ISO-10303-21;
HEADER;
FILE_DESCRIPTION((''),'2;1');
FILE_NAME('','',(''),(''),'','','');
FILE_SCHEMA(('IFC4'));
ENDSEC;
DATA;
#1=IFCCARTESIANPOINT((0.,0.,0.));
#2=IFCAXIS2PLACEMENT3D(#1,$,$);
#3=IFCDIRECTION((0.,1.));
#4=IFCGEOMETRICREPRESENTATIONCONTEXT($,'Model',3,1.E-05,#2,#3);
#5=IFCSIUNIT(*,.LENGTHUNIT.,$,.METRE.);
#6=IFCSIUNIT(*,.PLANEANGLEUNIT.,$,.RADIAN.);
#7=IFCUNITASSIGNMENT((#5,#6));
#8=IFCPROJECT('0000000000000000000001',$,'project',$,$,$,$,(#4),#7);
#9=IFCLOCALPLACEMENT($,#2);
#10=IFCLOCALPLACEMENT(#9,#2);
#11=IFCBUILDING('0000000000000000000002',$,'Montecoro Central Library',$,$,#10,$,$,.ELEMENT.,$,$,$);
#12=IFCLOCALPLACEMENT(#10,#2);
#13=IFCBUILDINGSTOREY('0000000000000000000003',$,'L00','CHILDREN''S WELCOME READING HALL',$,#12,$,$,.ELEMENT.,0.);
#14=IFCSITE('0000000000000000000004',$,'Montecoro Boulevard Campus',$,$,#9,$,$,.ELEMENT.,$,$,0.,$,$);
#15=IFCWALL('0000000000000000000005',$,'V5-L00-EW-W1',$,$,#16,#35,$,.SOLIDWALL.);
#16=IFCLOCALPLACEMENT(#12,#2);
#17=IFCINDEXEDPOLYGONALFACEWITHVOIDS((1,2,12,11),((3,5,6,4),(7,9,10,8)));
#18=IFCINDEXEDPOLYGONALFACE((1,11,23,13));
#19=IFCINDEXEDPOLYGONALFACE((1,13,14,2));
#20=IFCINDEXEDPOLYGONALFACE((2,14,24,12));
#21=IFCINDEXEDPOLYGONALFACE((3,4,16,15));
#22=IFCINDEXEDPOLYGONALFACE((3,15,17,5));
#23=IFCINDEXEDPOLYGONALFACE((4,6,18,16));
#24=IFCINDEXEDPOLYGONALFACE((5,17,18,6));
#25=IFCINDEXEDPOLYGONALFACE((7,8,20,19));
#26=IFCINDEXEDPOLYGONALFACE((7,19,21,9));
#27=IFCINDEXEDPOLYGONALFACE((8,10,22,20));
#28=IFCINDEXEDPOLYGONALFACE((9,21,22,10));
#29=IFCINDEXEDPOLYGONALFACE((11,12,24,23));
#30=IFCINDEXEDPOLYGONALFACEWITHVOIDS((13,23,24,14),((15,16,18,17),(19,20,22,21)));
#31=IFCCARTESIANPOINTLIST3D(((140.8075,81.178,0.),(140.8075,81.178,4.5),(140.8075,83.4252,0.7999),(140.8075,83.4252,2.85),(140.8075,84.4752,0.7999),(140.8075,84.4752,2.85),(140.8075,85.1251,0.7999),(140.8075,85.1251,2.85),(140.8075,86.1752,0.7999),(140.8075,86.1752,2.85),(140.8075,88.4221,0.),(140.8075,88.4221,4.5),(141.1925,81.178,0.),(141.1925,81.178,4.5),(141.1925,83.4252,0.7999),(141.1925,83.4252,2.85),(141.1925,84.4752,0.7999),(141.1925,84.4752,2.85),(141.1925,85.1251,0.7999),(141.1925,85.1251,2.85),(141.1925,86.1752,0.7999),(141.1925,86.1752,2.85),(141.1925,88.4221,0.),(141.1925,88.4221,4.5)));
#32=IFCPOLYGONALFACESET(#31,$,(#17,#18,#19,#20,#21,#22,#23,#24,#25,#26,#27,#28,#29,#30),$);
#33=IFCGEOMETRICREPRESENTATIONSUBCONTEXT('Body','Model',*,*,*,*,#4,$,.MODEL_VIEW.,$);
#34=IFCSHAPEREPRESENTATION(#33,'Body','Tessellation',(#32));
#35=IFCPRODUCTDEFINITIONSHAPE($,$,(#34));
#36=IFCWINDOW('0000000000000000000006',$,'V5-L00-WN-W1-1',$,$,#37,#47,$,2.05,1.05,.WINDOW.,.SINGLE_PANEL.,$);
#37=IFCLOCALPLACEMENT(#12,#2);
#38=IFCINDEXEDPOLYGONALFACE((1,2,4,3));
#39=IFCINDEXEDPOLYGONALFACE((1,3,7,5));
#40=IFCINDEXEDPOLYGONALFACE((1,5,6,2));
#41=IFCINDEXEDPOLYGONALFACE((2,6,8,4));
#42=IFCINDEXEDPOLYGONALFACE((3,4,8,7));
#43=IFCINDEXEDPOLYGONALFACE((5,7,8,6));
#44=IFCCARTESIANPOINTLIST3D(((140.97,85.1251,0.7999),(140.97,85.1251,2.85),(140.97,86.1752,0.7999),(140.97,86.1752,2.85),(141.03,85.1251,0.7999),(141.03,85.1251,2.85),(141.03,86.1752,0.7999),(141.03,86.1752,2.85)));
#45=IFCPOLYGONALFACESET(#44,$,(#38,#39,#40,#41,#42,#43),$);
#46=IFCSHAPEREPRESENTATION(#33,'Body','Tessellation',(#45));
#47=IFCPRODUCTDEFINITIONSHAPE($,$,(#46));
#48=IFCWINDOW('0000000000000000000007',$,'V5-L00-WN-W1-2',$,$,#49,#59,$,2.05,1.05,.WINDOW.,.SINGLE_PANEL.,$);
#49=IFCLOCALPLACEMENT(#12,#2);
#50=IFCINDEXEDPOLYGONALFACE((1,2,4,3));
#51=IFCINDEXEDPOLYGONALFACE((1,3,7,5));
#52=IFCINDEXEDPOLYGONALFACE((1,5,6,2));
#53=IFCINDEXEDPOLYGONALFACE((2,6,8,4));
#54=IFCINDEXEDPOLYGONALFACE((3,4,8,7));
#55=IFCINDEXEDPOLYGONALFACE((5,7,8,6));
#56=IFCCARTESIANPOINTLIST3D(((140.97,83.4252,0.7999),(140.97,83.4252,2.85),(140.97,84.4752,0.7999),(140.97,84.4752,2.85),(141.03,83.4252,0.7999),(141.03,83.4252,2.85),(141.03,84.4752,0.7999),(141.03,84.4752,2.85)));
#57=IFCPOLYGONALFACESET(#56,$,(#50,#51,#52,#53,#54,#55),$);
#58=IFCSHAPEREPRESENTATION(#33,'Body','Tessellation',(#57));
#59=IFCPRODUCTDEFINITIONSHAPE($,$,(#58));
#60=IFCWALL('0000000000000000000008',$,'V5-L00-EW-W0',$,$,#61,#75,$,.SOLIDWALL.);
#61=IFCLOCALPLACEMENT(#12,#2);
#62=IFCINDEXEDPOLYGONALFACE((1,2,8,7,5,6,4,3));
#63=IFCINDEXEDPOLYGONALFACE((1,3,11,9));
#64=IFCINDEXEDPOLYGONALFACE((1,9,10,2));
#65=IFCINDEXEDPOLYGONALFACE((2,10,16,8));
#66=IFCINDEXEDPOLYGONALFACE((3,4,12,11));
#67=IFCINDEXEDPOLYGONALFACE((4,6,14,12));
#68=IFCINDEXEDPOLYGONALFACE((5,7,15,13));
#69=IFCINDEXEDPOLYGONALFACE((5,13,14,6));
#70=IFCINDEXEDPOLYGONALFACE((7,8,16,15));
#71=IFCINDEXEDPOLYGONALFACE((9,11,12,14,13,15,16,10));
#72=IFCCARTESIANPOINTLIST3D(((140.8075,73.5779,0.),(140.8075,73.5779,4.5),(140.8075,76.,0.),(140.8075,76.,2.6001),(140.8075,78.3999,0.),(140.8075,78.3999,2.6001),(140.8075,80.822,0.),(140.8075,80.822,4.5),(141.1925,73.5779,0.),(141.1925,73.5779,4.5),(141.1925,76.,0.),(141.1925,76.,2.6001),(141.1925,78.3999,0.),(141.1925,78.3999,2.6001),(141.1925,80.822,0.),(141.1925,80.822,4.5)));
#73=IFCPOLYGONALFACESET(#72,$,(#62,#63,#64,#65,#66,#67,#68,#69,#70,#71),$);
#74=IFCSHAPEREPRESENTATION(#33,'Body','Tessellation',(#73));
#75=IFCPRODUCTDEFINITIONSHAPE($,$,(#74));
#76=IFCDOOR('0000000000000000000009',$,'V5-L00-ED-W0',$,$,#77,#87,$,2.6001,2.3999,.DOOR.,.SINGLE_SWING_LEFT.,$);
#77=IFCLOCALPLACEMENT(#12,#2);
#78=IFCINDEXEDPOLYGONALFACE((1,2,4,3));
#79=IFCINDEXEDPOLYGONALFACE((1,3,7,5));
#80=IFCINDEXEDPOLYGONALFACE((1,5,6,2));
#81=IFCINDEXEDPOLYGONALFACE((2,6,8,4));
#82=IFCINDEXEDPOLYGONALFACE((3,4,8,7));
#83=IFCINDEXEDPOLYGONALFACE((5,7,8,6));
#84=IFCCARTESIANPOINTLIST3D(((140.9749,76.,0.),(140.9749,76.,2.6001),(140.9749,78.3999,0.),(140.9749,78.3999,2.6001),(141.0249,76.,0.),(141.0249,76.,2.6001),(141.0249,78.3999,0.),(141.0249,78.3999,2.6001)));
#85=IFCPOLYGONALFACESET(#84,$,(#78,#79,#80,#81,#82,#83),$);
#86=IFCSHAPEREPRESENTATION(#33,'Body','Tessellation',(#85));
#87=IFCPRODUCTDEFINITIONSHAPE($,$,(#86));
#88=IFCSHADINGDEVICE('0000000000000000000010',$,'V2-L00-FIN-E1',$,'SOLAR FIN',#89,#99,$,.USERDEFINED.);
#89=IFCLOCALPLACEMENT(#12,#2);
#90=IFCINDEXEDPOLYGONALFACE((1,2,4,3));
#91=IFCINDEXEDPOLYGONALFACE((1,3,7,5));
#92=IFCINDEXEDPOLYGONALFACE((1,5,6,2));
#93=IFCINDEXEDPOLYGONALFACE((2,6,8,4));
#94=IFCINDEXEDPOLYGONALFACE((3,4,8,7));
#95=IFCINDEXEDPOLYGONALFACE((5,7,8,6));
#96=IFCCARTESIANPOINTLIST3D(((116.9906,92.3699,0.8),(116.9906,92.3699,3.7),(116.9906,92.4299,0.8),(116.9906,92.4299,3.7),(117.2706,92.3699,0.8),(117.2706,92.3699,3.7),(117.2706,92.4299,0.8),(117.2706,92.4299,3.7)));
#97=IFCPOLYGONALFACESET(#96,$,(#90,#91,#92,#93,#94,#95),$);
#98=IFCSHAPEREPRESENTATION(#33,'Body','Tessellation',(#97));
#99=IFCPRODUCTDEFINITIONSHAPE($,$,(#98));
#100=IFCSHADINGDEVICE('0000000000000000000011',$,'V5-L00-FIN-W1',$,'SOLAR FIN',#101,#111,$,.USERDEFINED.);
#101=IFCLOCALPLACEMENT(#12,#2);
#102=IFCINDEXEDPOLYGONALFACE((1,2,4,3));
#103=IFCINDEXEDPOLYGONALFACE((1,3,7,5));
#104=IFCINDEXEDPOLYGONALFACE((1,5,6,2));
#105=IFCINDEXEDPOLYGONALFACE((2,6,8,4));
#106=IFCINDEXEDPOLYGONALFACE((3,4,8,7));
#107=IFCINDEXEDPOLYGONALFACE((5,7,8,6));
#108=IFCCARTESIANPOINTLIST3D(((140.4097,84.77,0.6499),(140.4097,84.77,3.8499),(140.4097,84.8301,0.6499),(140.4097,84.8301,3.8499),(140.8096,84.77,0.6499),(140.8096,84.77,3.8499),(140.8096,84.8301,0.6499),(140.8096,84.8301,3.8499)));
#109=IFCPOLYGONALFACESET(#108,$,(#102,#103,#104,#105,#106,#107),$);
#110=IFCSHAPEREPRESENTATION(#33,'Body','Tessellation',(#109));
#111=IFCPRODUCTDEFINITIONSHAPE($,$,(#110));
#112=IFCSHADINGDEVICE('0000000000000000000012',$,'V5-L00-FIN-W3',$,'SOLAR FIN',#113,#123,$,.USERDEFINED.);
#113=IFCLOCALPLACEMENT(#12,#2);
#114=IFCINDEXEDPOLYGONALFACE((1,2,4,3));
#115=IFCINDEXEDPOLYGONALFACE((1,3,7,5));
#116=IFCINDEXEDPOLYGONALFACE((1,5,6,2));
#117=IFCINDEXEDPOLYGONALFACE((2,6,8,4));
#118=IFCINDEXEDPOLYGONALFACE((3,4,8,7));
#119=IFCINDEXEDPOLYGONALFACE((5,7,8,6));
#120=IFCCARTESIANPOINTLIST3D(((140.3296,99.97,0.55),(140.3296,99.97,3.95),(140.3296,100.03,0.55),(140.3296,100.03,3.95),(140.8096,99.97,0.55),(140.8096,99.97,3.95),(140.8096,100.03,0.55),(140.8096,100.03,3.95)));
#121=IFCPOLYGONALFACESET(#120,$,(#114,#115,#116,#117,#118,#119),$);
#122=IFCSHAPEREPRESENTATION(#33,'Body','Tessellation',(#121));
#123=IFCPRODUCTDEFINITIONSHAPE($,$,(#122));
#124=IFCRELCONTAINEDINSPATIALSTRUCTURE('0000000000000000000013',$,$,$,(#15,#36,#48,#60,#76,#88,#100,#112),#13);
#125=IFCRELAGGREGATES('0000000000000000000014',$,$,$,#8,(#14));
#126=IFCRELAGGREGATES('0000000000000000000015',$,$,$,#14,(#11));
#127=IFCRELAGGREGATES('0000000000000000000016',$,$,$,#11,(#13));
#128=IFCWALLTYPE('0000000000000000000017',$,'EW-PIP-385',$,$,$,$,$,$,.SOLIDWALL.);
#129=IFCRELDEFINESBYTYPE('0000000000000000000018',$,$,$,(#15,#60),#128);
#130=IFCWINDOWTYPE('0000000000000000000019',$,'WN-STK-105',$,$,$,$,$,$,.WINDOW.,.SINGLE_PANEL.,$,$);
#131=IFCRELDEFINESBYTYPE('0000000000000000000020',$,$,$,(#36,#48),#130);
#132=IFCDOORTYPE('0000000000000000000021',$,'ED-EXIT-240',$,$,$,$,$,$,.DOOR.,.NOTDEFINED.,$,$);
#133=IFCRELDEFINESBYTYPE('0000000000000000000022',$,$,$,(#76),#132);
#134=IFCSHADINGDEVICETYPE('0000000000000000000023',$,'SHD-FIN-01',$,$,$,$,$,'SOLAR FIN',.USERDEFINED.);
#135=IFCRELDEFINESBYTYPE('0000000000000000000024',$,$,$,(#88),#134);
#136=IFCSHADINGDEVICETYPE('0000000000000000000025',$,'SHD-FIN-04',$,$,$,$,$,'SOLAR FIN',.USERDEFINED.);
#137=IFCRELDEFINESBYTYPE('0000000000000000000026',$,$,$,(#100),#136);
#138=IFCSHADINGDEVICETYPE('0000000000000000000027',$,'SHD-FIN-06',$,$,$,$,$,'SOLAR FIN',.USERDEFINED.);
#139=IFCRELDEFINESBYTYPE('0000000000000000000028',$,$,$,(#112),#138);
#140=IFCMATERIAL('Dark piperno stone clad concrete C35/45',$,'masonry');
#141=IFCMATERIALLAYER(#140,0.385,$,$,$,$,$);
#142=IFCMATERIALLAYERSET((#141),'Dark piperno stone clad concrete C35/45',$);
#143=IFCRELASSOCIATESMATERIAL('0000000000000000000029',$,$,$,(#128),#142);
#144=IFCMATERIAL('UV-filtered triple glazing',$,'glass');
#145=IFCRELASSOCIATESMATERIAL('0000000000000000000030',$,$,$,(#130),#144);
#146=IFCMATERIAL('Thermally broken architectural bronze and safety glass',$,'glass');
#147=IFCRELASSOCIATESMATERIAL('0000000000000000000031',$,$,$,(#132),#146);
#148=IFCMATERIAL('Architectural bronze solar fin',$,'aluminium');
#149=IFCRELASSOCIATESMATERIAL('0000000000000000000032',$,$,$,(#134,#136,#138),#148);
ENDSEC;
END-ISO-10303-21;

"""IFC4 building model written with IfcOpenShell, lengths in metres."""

from ifc_helpers import new_model, si_unit, direction, frame, frame_2d, origin, origin_2d, place, context, subcontext, project, spatial, rectangle, extrude, material, layer, layer_set, type_object, element, fill, save


model = new_model("IFC4")

# Units and contexts
model_context = context("Model", 3, precision=1e-05, world=origin(), true_north=direction((0.0, 1.0)))
body_context = subcontext(model_context, "Body", "Model", "MODEL_VIEW")
ifc_project = project(units=[si_unit("LENGTHUNIT", "METRE"), si_unit("PLANEANGLEUNIT", "RADIAN")], contexts=[model_context])

# Site, building, storey
site_placement = place(None, origin())
site = spatial("IfcSite", under=ifc_project, at=site_placement, Name="Montecoro Boulevard Campus", CompositionType="ELEMENT", RefElevation=0.0)
building_placement = place(site_placement, origin())
building = spatial("IfcBuilding", under=site, at=building_placement, Name="Montecoro Central Library", CompositionType="ELEMENT")
storey_placement = place(building_placement, origin())
storey = spatial("IfcBuildingStorey", under=building, at=storey_placement, Name="L00", Description="CHILDREN'S WELCOME READING HALL", CompositionType="ELEMENT", Elevation=0.0)

# Shared definitions
ifc_material_1 = material(Name="Dark piperno stone clad concrete C35/45", Category="masonry")
ifc_layer_1 = layer(ifc_material_1, 0.385)
ifc_layer_set_1 = layer_set([ifc_layer_1], Name="Dark piperno stone clad concrete C35/45")
wall_type = type_object("IfcWallType", Name="EW-PIP-385", PredefinedType="SOLIDWALL", material=ifc_layer_set_1)
ifc_material_2 = material(Name="Thermally broken architectural bronze and safety glass", Category="glass")

# Wall, openings, windows
wall_1_placement = place(storey_placement, frame((141.0, 88.4221, 0.0), z_axis=(0.0, 0.0, 1.0), x_axis=(0.0, -1.0, 0.0)))
wall_1 = element("IfcWall", 1, at=wall_1_placement, inside=storey, type_object=wall_type, Name="V5-L00-EW-W1", PredefinedType="SOLIDWALL", context=body_context, shape_type="SweptSolid", body=[
    extrude(rectangle(XDim=7.2441, YDim=0.385, at=frame_2d((3.6221, 0.0))), origin(), (0.0, 0.0, 1.0), 4.5),
])
opening_1_placement = place(wall_1_placement, frame((2.2471, 0.0, 0.8)))
opening_1 = element("IfcOpeningElement", 2, at=opening_1_placement, cuts=wall_1, PredefinedType="OPENING", context=body_context, shape_type="SweptSolid", body=[
    extrude(rectangle(XDim=1.05, YDim=2.05, at=frame_2d((0.5249, 1.0249))), frame((0.0, 0.2024, 0.0), z_axis=(0.0, -1.0, 0.0), x_axis=(1.0, 0.0, 0.0)), (0.0, 0.0, 1.0), 0.405),
])
opening_2_placement = place(wall_1_placement, frame((3.947, 0.0, 0.8)))
opening_2 = element("IfcOpeningElement", 3, at=opening_2_placement, cuts=wall_1, PredefinedType="OPENING", context=body_context, shape_type="SweptSolid", body=[
    extrude(rectangle(XDim=1.05, YDim=2.05, at=frame_2d((0.5249, 1.0249))), frame((0.0, 0.2024, 0.0), z_axis=(0.0, -1.0, 0.0), x_axis=(1.0, 0.0, 0.0)), (0.0, 0.0, 1.0), 0.405),
])
ifc_material_3 = material(Name="UV-filtered triple glazing", Category="glass")
window_type_1 = type_object("IfcWindowType", Name="WN-STK-105", PartitioningType="SINGLE_PANEL", PredefinedType="WINDOW", material=ifc_material_3)
window_1_placement = place(opening_1_placement, origin())
window_1 = element("IfcWindow", 4, at=window_1_placement, inside=storey, type_object=window_type_1, Name="V5-L00-WN-W1-1", OverallHeight=2.05, OverallWidth=1.05, PartitioningType="SINGLE_PANEL", PredefinedType="WINDOW", context=body_context, shape_type="SweptSolid", body=[
    extrude(rectangle(XDim=1.05, YDim=2.05, at=frame_2d((0.5249, 1.0249))), frame((0.0, 0.03, 0.0), z_axis=(0.0, -1.0, 0.0), x_axis=(1.0, 0.0, 0.0)), (0.0, 0.0, 1.0), 0.0601),
])
fill(opening_1, window_1)
window_2_placement = place(opening_2_placement, origin())
window_2 = element("IfcWindow", 5, at=window_2_placement, inside=storey, type_object=window_type_1, Name="V5-L00-WN-W1-2", OverallHeight=2.05, OverallWidth=1.05, PartitioningType="SINGLE_PANEL", PredefinedType="WINDOW", context=body_context, shape_type="SweptSolid", body=[
    extrude(rectangle(XDim=1.05, YDim=2.05, at=frame_2d((0.5249, 1.0249))), frame((0.0, 0.03, 0.0), z_axis=(0.0, -1.0, 0.0), x_axis=(1.0, 0.0, 0.0)), (0.0, 0.0, 1.0), 0.0601),
])
fill(opening_2, window_2)

# Wall, opening, door
wall_2_placement = place(storey_placement, frame((141.0, 80.822, 0.0), z_axis=(0.0, 0.0, 1.0), x_axis=(0.0, -1.0, 0.0)))
wall_2 = element("IfcWall", 6, at=wall_2_placement, inside=storey, type_object=wall_type, Name="V5-L00-EW-W0", PredefinedType="SOLIDWALL", context=body_context, shape_type="SweptSolid", body=[
    extrude(rectangle(XDim=7.2441, YDim=0.385, at=frame_2d((3.6221, 0.0))), origin(), (0.0, 0.0, 1.0), 4.5),
])
opening_3_placement = place(wall_2_placement, frame((2.4221, 0.0, 0.0)))
opening_3 = element("IfcOpeningElement", 7, at=opening_3_placement, cuts=wall_2, PredefinedType="OPENING", context=body_context, shape_type="SweptSolid", body=[
    extrude(rectangle(XDim=2.3999, YDim=2.6001, at=frame_2d((1.2, 1.3))), frame((0.0, 0.2024, 0.0), z_axis=(0.0, -1.0, 0.0), x_axis=(1.0, 0.0, 0.0)), (0.0, 0.0, 1.0), 0.405),
])
door_type_1 = type_object("IfcDoorType", Name="ED-EXIT-240", OperationType="NOTDEFINED", PredefinedType="DOOR", material=ifc_material_2)
door_1_placement = place(opening_3_placement, origin())
door_1 = element("IfcDoor", 8, at=door_1_placement, inside=storey, type_object=door_type_1, Name="V5-L00-ED-W0", OperationType="SINGLE_SWING_LEFT", OverallHeight=2.6001, OverallWidth=2.3999, PredefinedType="DOOR", context=body_context, shape_type="SweptSolid", body=[
    extrude(rectangle(XDim=2.3999, YDim=2.6001, at=frame_2d((1.2, 1.3))), frame((0.0, 0.0249, 0.0), z_axis=(0.0, -1.0, 0.0), x_axis=(1.0, 0.0, 0.0)), (0.0, 0.0, 1.0), 0.05),
])
fill(opening_3, door_1)

# Shading devices
ifc_material_4 = material(Name="Architectural bronze solar fin", Category="aluminium")
shading_device_type_1 = type_object("IfcShadingDeviceType", Name="SHD-FIN-01", ElementType="SOLAR FIN", PredefinedType="USERDEFINED", material=ifc_material_4)
shading_device_1_placement = place(storey_placement, frame((117.1306, 92.3999, 0.8), z_axis=(0.0, 0.0, 1.0), x_axis=(0.0, 1.0, 0.0)))
element("IfcShadingDevice", 9, at=shading_device_1_placement, inside=storey, type_object=shading_device_type_1, Name="V2-L00-FIN-E1", ObjectType="SOLAR FIN", PredefinedType="USERDEFINED", context=body_context, shape_type="SweptSolid", body=[
    extrude(rectangle(XDim=0.0601, YDim=0.28, at=origin_2d()), origin(), (0.0, 0.0, 1.0), 2.8999),
])
shading_device_type_2 = type_object("IfcShadingDeviceType", Name="SHD-FIN-04", ElementType="SOLAR FIN", PredefinedType="USERDEFINED", material=ifc_material_4)
shading_device_2_placement = place(storey_placement, frame((140.6096, 84.8, 0.6499), z_axis=(0.0, 0.0, 1.0), x_axis=(0.0, -1.0, 0.0)))
element("IfcShadingDevice", 10, at=shading_device_2_placement, inside=storey, type_object=shading_device_type_2, Name="V5-L00-FIN-W1", ObjectType="SOLAR FIN", PredefinedType="USERDEFINED", context=body_context, shape_type="SweptSolid", body=[
    extrude(rectangle(XDim=0.0601, YDim=0.3999, at=origin_2d()), origin(), (0.0, 0.0, 1.0), 3.2),
])
shading_device_type_3 = type_object("IfcShadingDeviceType", Name="SHD-FIN-06", ElementType="SOLAR FIN", PredefinedType="USERDEFINED", material=ifc_material_4)
shading_device_3_placement = place(storey_placement, frame((140.5696, 100.0, 0.55), z_axis=(0.0, 0.0, 1.0), x_axis=(0.0, -1.0, 0.0)))
element("IfcShadingDevice", 11, at=shading_device_3_placement, inside=storey, type_object=shading_device_type_3, Name="V5-L00-FIN-W3", ObjectType="SOLAR FIN", PredefinedType="USERDEFINED", context=body_context, shape_type="SweptSolid", body=[
    extrude(rectangle(XDim=0.0601, YDim=0.48, at=origin_2d()), origin(), (0.0, 0.0, 1.0), 3.3999),
])

save(model, "model.ifc")
